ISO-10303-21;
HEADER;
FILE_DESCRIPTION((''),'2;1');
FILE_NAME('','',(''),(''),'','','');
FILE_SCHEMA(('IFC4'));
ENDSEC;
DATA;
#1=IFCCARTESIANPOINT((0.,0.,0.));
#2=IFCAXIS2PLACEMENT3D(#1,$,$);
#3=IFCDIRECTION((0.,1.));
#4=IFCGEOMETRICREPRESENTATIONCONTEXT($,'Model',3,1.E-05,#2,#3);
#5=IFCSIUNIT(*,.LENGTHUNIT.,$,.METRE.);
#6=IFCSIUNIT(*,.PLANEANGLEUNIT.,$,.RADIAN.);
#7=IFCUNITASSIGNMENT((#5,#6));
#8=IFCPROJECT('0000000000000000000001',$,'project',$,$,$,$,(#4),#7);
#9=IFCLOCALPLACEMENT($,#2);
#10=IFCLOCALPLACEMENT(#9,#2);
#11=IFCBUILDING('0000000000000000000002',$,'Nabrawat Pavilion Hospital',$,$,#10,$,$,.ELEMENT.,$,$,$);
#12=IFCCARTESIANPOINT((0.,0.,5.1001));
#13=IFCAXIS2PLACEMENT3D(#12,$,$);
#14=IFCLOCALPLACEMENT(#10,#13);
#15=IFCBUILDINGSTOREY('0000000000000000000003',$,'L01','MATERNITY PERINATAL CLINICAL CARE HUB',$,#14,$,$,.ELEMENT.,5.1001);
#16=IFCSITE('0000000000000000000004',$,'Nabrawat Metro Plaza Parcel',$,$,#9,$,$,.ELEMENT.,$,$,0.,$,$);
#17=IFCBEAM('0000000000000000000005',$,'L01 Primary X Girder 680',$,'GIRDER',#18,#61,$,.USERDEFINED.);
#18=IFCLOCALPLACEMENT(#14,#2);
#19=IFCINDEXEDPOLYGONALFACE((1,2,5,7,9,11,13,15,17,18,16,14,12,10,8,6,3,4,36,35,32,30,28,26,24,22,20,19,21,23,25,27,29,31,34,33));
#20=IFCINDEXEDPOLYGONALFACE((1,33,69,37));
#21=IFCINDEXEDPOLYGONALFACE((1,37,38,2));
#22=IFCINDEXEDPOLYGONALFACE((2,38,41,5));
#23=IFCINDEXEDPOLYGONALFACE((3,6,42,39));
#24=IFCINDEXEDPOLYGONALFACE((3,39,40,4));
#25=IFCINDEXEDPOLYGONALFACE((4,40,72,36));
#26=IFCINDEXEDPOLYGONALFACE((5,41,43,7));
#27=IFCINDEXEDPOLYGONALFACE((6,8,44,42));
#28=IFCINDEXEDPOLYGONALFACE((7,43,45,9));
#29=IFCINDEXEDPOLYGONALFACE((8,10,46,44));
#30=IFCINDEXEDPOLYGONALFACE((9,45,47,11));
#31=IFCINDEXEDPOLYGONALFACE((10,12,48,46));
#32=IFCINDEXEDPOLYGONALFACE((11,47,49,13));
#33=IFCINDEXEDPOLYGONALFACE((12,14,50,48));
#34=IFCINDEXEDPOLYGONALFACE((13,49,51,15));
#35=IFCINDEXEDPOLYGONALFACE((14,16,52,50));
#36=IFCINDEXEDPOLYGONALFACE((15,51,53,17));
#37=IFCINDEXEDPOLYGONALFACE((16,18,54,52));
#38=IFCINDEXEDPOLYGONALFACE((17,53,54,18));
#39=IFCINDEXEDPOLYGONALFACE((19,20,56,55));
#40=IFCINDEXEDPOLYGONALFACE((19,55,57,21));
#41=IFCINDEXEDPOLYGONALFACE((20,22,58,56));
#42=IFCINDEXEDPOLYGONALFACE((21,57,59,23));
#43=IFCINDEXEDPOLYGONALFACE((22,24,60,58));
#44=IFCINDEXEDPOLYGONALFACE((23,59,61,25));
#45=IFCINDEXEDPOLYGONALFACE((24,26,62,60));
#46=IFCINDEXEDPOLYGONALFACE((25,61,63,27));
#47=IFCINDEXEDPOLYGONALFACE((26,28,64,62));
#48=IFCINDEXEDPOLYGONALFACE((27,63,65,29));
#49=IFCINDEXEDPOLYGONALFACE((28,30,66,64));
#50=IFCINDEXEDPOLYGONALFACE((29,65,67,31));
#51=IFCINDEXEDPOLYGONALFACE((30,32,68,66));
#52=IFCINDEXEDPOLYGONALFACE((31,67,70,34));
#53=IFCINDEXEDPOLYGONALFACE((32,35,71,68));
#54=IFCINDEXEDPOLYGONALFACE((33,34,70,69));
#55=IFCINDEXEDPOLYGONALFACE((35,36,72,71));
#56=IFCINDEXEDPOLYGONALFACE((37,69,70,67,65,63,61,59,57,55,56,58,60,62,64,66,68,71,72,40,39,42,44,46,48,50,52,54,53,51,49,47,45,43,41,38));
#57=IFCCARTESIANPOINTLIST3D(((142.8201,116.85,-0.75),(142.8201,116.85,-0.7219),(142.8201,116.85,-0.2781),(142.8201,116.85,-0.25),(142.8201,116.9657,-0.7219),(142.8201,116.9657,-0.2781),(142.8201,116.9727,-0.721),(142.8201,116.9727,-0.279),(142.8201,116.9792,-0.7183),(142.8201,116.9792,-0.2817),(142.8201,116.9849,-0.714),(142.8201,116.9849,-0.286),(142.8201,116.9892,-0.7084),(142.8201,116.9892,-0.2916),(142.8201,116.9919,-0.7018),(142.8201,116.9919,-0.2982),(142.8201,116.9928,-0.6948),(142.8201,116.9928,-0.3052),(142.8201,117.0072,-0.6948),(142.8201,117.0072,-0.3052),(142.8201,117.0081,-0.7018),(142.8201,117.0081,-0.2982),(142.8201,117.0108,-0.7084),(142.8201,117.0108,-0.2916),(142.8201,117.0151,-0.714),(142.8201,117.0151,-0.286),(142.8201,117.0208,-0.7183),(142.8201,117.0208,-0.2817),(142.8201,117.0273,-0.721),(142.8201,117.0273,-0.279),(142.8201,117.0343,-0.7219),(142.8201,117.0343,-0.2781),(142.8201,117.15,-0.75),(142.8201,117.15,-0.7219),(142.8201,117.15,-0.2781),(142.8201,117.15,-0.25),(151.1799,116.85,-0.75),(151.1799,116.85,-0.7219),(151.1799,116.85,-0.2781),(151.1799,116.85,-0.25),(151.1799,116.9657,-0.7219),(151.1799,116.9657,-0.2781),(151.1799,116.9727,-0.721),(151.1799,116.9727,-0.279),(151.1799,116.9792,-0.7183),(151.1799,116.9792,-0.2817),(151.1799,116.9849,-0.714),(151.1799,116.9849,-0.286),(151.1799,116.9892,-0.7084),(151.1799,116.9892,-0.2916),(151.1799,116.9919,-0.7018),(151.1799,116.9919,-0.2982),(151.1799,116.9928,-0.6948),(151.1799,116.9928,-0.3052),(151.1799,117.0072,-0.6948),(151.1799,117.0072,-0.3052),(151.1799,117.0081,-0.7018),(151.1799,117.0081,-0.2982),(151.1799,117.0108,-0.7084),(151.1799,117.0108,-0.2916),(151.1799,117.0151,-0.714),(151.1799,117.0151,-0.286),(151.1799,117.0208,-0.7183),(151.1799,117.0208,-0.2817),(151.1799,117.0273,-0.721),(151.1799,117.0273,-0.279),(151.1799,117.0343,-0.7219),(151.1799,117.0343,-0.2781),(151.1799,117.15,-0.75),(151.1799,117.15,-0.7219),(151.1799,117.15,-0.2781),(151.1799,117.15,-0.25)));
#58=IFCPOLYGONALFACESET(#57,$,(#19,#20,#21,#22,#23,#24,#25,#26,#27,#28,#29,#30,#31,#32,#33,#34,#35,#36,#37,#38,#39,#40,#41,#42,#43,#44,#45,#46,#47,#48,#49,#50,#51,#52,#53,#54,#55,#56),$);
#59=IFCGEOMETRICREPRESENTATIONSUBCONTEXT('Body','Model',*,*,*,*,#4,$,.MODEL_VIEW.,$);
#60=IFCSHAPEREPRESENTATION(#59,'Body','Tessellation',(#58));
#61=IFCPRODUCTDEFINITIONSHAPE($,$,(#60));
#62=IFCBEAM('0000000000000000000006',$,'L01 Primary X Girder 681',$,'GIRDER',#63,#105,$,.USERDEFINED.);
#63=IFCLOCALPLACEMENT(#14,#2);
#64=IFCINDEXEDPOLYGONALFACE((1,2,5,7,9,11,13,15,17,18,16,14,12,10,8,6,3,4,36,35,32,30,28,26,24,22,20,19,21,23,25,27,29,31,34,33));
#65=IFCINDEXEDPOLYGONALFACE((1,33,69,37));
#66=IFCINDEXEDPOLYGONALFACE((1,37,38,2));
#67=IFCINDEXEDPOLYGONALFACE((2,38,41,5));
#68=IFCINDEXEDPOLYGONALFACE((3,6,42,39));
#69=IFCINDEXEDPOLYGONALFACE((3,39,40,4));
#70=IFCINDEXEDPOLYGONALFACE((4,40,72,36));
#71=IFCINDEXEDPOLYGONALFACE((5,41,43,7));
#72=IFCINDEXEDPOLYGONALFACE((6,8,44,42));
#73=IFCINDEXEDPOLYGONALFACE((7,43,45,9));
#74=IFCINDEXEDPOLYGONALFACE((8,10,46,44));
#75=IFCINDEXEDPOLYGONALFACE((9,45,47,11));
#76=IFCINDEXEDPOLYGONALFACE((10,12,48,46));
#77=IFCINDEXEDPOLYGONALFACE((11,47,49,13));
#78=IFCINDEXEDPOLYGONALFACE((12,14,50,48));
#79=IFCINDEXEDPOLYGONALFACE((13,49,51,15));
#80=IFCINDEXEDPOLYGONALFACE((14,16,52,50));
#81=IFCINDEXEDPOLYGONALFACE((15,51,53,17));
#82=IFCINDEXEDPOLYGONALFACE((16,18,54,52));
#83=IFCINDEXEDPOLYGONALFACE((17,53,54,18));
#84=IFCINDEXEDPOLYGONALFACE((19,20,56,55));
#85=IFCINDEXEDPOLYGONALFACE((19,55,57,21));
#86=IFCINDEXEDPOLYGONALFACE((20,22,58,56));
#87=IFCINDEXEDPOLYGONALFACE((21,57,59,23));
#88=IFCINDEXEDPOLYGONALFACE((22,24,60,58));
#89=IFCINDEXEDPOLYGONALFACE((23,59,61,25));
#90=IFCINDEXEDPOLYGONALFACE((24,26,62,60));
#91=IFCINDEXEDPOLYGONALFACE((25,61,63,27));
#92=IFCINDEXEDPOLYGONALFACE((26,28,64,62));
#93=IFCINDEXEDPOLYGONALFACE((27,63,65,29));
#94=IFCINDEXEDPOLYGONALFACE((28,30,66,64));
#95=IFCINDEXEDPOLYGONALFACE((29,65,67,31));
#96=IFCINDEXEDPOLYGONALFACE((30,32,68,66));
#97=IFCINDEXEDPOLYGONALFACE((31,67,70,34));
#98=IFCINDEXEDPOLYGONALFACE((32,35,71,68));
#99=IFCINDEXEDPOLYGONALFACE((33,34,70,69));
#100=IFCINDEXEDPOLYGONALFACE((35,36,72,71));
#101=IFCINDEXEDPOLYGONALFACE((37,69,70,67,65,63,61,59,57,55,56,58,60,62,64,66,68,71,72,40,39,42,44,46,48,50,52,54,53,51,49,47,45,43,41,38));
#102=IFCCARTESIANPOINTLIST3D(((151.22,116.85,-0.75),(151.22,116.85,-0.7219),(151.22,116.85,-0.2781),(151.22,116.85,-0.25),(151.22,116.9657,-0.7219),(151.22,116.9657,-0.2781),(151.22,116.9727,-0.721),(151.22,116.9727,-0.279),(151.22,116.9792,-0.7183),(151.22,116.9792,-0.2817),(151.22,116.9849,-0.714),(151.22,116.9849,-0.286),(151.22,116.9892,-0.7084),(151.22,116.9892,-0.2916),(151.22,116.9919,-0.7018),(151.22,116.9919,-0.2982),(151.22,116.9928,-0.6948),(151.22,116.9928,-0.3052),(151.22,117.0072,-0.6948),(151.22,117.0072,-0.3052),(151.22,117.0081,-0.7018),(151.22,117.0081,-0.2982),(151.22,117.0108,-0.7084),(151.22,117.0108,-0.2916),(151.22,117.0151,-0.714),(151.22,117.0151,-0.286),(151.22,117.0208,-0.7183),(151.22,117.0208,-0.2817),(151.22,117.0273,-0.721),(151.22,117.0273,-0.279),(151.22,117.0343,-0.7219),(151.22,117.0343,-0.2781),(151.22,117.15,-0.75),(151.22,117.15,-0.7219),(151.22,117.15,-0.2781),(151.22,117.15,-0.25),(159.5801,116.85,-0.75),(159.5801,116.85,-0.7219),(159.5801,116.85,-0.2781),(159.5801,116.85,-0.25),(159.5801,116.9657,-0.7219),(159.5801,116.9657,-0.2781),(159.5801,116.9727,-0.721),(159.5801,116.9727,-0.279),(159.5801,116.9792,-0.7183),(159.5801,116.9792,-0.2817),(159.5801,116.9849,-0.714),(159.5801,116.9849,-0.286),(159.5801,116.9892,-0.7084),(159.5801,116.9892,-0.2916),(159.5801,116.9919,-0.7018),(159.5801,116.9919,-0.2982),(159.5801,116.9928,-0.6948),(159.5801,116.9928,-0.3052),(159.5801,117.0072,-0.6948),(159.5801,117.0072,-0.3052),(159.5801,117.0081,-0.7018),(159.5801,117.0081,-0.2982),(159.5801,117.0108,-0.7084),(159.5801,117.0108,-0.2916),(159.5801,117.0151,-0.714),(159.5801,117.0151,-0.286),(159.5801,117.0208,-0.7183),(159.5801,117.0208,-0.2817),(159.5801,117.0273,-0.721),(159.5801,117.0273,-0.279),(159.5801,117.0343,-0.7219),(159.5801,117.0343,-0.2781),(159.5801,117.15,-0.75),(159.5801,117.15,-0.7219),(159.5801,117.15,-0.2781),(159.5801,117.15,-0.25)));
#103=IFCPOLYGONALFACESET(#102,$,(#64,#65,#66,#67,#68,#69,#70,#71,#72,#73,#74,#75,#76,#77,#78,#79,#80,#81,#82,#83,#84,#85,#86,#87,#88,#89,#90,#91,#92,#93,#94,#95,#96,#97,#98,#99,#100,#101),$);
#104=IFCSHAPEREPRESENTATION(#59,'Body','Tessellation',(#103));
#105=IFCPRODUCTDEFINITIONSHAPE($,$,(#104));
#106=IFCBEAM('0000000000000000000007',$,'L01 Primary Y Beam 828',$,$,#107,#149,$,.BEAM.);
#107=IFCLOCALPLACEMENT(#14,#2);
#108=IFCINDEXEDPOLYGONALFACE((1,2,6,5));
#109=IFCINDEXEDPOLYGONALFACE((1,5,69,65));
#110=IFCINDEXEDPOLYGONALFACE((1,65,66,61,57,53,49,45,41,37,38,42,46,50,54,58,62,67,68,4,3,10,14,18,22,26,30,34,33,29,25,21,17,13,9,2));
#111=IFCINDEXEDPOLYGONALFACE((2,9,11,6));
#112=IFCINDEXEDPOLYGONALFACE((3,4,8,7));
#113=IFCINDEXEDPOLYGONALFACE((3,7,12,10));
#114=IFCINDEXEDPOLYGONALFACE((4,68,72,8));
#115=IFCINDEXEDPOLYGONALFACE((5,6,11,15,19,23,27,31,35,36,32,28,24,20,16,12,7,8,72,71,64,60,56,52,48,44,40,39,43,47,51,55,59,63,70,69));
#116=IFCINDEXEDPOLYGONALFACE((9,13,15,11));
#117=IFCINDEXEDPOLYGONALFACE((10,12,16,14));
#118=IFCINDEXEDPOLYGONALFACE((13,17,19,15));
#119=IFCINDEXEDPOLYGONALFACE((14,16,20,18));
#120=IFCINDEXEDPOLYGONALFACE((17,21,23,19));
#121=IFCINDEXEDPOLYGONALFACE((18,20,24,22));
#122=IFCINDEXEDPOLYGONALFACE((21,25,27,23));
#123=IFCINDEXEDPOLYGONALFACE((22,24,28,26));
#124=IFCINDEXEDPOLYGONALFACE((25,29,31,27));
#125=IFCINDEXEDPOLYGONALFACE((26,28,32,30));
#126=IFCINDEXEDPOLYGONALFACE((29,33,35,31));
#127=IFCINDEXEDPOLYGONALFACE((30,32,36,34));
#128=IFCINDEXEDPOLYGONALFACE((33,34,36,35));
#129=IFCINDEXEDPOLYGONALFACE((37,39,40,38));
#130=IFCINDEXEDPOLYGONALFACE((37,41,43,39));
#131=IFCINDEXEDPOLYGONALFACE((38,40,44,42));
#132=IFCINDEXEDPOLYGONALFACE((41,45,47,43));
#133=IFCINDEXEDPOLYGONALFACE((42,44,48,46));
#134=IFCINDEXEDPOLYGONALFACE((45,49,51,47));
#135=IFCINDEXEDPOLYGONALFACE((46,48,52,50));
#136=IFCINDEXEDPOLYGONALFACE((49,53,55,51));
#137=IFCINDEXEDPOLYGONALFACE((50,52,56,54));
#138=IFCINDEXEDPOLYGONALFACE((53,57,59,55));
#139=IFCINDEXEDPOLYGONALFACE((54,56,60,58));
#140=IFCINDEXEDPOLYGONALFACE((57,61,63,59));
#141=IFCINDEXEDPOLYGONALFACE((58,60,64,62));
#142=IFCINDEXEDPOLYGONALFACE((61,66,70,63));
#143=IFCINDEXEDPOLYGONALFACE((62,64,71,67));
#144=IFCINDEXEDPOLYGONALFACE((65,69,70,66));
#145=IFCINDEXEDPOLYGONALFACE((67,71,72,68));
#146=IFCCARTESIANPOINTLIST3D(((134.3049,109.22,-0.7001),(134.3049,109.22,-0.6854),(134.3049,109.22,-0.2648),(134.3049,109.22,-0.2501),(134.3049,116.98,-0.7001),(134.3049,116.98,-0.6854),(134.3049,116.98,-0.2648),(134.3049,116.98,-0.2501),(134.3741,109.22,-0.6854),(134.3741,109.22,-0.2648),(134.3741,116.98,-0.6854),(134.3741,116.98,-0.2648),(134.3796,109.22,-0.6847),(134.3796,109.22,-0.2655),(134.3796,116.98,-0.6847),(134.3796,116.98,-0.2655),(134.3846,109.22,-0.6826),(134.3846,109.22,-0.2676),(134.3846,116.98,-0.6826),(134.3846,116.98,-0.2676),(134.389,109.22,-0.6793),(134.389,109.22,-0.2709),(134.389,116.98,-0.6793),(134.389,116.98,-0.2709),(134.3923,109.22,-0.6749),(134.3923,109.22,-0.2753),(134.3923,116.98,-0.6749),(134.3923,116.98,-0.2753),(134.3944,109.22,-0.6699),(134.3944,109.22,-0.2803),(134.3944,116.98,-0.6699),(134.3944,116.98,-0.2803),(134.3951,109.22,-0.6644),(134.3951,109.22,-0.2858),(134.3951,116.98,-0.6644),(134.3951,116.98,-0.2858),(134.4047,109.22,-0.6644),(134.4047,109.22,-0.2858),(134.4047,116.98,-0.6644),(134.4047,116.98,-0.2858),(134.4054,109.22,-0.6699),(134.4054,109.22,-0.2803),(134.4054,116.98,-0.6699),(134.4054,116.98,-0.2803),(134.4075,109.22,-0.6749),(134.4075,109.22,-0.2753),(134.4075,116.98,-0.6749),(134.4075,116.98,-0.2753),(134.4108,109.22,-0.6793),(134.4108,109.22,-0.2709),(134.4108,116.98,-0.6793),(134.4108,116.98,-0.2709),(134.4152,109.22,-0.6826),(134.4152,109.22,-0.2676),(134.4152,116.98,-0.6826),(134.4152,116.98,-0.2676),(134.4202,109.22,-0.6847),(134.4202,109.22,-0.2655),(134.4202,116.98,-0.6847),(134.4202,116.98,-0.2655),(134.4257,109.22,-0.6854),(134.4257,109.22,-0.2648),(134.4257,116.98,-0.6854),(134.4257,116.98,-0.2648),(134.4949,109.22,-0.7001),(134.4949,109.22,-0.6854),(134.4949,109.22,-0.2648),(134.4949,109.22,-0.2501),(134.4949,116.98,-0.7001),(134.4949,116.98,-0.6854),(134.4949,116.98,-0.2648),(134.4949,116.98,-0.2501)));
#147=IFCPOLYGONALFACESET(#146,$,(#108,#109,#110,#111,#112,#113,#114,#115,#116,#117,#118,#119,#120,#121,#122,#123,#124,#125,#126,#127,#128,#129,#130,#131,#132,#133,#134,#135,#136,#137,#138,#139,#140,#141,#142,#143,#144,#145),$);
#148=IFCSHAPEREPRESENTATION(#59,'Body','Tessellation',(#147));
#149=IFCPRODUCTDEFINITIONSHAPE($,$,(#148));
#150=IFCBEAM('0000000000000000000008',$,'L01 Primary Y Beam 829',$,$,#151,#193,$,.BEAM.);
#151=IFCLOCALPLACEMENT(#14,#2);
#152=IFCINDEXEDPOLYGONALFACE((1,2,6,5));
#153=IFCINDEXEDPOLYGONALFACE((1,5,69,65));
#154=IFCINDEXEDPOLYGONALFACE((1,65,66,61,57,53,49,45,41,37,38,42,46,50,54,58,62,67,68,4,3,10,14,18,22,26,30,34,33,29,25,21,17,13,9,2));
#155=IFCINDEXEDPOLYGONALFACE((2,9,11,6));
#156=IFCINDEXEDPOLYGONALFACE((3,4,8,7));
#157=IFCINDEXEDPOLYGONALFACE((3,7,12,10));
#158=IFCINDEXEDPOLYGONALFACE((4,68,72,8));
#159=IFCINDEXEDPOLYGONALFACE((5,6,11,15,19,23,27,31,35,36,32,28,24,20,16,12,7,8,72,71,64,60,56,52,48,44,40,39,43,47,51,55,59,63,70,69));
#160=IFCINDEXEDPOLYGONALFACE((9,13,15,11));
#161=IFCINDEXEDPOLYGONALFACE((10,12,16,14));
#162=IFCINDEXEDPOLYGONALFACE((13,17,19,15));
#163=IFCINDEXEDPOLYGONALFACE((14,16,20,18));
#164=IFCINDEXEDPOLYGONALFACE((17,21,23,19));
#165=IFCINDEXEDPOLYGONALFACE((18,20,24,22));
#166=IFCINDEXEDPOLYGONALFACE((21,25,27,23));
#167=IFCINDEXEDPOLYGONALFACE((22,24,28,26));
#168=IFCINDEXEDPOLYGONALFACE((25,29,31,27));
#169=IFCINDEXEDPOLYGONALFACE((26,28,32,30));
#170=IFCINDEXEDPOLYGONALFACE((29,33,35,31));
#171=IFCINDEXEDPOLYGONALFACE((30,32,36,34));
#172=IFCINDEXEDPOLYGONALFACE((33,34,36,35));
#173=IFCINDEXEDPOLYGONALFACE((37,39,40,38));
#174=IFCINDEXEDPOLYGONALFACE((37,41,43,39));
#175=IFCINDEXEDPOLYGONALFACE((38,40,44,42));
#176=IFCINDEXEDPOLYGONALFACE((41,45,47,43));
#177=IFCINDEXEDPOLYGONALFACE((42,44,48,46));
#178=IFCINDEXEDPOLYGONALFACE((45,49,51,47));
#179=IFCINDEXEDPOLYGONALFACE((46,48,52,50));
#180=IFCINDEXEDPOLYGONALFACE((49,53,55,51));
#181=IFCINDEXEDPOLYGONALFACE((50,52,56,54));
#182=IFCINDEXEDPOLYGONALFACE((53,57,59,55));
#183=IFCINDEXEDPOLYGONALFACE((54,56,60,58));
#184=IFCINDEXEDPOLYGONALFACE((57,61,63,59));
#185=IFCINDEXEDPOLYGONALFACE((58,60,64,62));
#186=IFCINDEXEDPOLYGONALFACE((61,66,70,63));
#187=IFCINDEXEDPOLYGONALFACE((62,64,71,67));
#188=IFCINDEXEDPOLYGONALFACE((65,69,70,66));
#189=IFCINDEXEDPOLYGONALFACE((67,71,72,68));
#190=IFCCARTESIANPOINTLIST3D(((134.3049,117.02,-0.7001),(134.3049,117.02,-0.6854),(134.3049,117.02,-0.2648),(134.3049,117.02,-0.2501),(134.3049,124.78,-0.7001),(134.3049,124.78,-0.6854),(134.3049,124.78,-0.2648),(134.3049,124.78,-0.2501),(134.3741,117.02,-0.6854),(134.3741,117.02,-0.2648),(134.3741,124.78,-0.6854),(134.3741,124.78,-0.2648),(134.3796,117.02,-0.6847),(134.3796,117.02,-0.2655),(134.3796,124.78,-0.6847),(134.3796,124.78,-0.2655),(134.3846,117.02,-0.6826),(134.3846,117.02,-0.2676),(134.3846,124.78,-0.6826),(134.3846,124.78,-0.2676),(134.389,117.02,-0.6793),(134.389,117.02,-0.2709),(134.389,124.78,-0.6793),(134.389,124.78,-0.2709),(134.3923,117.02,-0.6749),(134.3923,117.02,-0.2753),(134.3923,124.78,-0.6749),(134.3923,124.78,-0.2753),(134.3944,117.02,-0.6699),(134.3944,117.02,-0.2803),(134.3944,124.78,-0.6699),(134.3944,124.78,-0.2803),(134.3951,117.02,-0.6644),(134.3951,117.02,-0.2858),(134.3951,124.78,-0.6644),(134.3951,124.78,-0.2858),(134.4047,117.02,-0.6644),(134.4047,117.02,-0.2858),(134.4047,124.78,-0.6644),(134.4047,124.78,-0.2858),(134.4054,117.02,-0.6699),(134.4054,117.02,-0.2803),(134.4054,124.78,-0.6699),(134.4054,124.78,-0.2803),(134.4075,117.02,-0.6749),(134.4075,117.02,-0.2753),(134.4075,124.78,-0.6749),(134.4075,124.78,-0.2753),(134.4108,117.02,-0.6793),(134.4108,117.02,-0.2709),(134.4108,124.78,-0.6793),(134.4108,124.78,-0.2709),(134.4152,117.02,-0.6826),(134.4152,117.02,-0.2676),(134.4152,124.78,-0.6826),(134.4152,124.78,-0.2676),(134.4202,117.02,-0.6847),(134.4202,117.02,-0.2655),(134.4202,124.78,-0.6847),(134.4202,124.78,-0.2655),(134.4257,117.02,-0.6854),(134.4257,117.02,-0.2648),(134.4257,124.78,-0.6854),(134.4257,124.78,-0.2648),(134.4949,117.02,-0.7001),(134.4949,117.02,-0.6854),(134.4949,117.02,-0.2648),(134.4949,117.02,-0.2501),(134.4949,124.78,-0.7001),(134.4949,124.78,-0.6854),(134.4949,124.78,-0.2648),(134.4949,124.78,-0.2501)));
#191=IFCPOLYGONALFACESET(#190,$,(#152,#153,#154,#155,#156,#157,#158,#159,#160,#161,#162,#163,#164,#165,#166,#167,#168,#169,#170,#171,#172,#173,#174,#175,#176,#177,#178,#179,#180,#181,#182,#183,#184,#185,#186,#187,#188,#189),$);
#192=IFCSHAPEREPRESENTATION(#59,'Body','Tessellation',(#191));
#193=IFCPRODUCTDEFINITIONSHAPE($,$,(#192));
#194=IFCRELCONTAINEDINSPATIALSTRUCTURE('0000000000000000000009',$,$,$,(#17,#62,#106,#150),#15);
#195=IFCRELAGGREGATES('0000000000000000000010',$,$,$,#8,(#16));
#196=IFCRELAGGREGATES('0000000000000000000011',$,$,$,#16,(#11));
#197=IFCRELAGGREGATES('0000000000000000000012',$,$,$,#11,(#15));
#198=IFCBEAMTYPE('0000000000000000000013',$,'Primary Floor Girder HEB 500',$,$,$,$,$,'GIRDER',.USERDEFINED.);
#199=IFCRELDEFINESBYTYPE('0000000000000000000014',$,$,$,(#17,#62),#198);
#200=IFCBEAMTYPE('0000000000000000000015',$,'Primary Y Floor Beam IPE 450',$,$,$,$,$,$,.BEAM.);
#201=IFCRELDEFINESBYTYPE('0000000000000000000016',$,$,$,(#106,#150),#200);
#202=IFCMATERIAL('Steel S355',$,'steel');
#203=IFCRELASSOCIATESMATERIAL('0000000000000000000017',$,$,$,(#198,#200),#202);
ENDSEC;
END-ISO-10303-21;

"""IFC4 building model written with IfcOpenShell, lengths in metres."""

from ifc_helpers import new_model, si_unit, direction, frame, origin, origin_2d, place, context, subcontext, project, spatial, i_section, extrude, material, material_profile, profile_set, type_object, element, save


model = new_model("IFC4")

# Units and contexts
model_context = context("Model", 3, precision=1e-05, world=origin(), true_north=direction((0.0, 1.0)))
body_context = subcontext(model_context, "Body", "Model", "MODEL_VIEW")
ifc_project = project(units=[si_unit("LENGTHUNIT", "METRE"), si_unit("PLANEANGLEUNIT", "RADIAN")], contexts=[model_context])

# Site, building, storey
site_placement = place(None, origin())
site = spatial("IfcSite", under=ifc_project, at=site_placement, Name="Nabrawat Metro Plaza Parcel", CompositionType="ELEMENT", RefElevation=0.0)
building_placement = place(site_placement, origin())
building = spatial("IfcBuilding", under=site, at=building_placement, Name="Nabrawat Pavilion Hospital", CompositionType="ELEMENT")
storey_placement = place(building_placement, frame((0.0, 0.0, 5.1001)))
storey = spatial("IfcBuildingStorey", under=building, at=storey_placement, Name="L01", Description="MATERNITY PERINATAL CLINICAL CARE HUB", CompositionType="ELEMENT", Elevation=5.1001)

# Shared definitions
ifc_material_1 = material(Name="Steel S355", Category="steel")

# Beams
ifc_material_profile_1 = material_profile(ifc_material_1, i_section(OverallWidth=0.3, OverallDepth=0.5, WebThickness=0.0144, FlangeThickness=0.0281, FilletRadius=0.0271, at=origin_2d()), Name="HEB 500")
ifc_profile_set_1 = profile_set([ifc_material_profile_1], Name="Steel S355")
beam_type_1 = type_object("IfcBeamType", Name="Primary Floor Girder HEB 500", ElementType="GIRDER", PredefinedType="USERDEFINED", material=ifc_profile_set_1)
beam_1_placement = place(storey_placement, frame((142.8201, 117.0, -0.5), z_axis=(1.0, 0.0, 0.0), x_axis=(0.0, 1.0, 0.0)))
element("IfcBeam", 1, at=beam_1_placement, inside=storey, type_object=beam_type_1, Name="L01 Primary X Girder 680", ObjectType="GIRDER", PredefinedType="USERDEFINED", context=body_context, shape_type="SweptSolid", body=[
    extrude(i_section(OverallWidth=0.3, OverallDepth=0.5, WebThickness=0.0144, FlangeThickness=0.0281, FilletRadius=0.0271, at=origin_2d()), origin(), (0.0, 0.0, 1.0), 8.3599),
])
beam_2_placement = place(storey_placement, frame((151.22, 117.0, -0.5), z_axis=(1.0, 0.0, 0.0), x_axis=(0.0, 1.0, 0.0)))
element("IfcBeam", 2, at=beam_2_placement, inside=storey, type_object=beam_type_1, Name="L01 Primary X Girder 681", ObjectType="GIRDER", PredefinedType="USERDEFINED", context=body_context, shape_type="SweptSolid", body=[
    extrude(i_section(OverallWidth=0.3, OverallDepth=0.5, WebThickness=0.0144, FlangeThickness=0.0281, FilletRadius=0.0271, at=origin_2d()), origin(), (0.0, 0.0, 1.0), 8.3601),
])
ifc_material_profile_2 = material_profile(ifc_material_1, i_section(OverallWidth=0.1899, OverallDepth=0.45, WebThickness=0.0095, FlangeThickness=0.0146, FilletRadius=0.021, at=origin_2d()), Name="IPE 450")
ifc_profile_set_2 = profile_set([ifc_material_profile_2], Name="Steel S355")
beam_type_2 = type_object("IfcBeamType", Name="Primary Y Floor Beam IPE 450", PredefinedType="BEAM", material=ifc_profile_set_2)
for number, where, z_axis, x_axis, name in (
    (3, (134.3999, 109.22, -0.4751), (0.0, 1.0, 0.0), (-1.0, 0.0, 0.0), "L01 Primary Y Beam 828"),
    (4, (134.3999, 117.02, -0.4751), (0.0, 1.0, 0.0), (-1.0, 0.0, 0.0), "L01 Primary Y Beam 829"),
):
    element("IfcBeam", number, at=place(storey_placement, frame(where, z_axis=z_axis, x_axis=x_axis)), inside=storey, type_object=beam_type_2, Name=name, PredefinedType="BEAM", context=body_context, shape_type="SweptSolid", body=[
        extrude(i_section(OverallWidth=0.1899, OverallDepth=0.45, WebThickness=0.0095, FlangeThickness=0.0146, FilletRadius=0.021, at=origin_2d()), origin(), (0.0, 0.0, 1.0), 7.76),
    ])

save(model, "model.ifc")
